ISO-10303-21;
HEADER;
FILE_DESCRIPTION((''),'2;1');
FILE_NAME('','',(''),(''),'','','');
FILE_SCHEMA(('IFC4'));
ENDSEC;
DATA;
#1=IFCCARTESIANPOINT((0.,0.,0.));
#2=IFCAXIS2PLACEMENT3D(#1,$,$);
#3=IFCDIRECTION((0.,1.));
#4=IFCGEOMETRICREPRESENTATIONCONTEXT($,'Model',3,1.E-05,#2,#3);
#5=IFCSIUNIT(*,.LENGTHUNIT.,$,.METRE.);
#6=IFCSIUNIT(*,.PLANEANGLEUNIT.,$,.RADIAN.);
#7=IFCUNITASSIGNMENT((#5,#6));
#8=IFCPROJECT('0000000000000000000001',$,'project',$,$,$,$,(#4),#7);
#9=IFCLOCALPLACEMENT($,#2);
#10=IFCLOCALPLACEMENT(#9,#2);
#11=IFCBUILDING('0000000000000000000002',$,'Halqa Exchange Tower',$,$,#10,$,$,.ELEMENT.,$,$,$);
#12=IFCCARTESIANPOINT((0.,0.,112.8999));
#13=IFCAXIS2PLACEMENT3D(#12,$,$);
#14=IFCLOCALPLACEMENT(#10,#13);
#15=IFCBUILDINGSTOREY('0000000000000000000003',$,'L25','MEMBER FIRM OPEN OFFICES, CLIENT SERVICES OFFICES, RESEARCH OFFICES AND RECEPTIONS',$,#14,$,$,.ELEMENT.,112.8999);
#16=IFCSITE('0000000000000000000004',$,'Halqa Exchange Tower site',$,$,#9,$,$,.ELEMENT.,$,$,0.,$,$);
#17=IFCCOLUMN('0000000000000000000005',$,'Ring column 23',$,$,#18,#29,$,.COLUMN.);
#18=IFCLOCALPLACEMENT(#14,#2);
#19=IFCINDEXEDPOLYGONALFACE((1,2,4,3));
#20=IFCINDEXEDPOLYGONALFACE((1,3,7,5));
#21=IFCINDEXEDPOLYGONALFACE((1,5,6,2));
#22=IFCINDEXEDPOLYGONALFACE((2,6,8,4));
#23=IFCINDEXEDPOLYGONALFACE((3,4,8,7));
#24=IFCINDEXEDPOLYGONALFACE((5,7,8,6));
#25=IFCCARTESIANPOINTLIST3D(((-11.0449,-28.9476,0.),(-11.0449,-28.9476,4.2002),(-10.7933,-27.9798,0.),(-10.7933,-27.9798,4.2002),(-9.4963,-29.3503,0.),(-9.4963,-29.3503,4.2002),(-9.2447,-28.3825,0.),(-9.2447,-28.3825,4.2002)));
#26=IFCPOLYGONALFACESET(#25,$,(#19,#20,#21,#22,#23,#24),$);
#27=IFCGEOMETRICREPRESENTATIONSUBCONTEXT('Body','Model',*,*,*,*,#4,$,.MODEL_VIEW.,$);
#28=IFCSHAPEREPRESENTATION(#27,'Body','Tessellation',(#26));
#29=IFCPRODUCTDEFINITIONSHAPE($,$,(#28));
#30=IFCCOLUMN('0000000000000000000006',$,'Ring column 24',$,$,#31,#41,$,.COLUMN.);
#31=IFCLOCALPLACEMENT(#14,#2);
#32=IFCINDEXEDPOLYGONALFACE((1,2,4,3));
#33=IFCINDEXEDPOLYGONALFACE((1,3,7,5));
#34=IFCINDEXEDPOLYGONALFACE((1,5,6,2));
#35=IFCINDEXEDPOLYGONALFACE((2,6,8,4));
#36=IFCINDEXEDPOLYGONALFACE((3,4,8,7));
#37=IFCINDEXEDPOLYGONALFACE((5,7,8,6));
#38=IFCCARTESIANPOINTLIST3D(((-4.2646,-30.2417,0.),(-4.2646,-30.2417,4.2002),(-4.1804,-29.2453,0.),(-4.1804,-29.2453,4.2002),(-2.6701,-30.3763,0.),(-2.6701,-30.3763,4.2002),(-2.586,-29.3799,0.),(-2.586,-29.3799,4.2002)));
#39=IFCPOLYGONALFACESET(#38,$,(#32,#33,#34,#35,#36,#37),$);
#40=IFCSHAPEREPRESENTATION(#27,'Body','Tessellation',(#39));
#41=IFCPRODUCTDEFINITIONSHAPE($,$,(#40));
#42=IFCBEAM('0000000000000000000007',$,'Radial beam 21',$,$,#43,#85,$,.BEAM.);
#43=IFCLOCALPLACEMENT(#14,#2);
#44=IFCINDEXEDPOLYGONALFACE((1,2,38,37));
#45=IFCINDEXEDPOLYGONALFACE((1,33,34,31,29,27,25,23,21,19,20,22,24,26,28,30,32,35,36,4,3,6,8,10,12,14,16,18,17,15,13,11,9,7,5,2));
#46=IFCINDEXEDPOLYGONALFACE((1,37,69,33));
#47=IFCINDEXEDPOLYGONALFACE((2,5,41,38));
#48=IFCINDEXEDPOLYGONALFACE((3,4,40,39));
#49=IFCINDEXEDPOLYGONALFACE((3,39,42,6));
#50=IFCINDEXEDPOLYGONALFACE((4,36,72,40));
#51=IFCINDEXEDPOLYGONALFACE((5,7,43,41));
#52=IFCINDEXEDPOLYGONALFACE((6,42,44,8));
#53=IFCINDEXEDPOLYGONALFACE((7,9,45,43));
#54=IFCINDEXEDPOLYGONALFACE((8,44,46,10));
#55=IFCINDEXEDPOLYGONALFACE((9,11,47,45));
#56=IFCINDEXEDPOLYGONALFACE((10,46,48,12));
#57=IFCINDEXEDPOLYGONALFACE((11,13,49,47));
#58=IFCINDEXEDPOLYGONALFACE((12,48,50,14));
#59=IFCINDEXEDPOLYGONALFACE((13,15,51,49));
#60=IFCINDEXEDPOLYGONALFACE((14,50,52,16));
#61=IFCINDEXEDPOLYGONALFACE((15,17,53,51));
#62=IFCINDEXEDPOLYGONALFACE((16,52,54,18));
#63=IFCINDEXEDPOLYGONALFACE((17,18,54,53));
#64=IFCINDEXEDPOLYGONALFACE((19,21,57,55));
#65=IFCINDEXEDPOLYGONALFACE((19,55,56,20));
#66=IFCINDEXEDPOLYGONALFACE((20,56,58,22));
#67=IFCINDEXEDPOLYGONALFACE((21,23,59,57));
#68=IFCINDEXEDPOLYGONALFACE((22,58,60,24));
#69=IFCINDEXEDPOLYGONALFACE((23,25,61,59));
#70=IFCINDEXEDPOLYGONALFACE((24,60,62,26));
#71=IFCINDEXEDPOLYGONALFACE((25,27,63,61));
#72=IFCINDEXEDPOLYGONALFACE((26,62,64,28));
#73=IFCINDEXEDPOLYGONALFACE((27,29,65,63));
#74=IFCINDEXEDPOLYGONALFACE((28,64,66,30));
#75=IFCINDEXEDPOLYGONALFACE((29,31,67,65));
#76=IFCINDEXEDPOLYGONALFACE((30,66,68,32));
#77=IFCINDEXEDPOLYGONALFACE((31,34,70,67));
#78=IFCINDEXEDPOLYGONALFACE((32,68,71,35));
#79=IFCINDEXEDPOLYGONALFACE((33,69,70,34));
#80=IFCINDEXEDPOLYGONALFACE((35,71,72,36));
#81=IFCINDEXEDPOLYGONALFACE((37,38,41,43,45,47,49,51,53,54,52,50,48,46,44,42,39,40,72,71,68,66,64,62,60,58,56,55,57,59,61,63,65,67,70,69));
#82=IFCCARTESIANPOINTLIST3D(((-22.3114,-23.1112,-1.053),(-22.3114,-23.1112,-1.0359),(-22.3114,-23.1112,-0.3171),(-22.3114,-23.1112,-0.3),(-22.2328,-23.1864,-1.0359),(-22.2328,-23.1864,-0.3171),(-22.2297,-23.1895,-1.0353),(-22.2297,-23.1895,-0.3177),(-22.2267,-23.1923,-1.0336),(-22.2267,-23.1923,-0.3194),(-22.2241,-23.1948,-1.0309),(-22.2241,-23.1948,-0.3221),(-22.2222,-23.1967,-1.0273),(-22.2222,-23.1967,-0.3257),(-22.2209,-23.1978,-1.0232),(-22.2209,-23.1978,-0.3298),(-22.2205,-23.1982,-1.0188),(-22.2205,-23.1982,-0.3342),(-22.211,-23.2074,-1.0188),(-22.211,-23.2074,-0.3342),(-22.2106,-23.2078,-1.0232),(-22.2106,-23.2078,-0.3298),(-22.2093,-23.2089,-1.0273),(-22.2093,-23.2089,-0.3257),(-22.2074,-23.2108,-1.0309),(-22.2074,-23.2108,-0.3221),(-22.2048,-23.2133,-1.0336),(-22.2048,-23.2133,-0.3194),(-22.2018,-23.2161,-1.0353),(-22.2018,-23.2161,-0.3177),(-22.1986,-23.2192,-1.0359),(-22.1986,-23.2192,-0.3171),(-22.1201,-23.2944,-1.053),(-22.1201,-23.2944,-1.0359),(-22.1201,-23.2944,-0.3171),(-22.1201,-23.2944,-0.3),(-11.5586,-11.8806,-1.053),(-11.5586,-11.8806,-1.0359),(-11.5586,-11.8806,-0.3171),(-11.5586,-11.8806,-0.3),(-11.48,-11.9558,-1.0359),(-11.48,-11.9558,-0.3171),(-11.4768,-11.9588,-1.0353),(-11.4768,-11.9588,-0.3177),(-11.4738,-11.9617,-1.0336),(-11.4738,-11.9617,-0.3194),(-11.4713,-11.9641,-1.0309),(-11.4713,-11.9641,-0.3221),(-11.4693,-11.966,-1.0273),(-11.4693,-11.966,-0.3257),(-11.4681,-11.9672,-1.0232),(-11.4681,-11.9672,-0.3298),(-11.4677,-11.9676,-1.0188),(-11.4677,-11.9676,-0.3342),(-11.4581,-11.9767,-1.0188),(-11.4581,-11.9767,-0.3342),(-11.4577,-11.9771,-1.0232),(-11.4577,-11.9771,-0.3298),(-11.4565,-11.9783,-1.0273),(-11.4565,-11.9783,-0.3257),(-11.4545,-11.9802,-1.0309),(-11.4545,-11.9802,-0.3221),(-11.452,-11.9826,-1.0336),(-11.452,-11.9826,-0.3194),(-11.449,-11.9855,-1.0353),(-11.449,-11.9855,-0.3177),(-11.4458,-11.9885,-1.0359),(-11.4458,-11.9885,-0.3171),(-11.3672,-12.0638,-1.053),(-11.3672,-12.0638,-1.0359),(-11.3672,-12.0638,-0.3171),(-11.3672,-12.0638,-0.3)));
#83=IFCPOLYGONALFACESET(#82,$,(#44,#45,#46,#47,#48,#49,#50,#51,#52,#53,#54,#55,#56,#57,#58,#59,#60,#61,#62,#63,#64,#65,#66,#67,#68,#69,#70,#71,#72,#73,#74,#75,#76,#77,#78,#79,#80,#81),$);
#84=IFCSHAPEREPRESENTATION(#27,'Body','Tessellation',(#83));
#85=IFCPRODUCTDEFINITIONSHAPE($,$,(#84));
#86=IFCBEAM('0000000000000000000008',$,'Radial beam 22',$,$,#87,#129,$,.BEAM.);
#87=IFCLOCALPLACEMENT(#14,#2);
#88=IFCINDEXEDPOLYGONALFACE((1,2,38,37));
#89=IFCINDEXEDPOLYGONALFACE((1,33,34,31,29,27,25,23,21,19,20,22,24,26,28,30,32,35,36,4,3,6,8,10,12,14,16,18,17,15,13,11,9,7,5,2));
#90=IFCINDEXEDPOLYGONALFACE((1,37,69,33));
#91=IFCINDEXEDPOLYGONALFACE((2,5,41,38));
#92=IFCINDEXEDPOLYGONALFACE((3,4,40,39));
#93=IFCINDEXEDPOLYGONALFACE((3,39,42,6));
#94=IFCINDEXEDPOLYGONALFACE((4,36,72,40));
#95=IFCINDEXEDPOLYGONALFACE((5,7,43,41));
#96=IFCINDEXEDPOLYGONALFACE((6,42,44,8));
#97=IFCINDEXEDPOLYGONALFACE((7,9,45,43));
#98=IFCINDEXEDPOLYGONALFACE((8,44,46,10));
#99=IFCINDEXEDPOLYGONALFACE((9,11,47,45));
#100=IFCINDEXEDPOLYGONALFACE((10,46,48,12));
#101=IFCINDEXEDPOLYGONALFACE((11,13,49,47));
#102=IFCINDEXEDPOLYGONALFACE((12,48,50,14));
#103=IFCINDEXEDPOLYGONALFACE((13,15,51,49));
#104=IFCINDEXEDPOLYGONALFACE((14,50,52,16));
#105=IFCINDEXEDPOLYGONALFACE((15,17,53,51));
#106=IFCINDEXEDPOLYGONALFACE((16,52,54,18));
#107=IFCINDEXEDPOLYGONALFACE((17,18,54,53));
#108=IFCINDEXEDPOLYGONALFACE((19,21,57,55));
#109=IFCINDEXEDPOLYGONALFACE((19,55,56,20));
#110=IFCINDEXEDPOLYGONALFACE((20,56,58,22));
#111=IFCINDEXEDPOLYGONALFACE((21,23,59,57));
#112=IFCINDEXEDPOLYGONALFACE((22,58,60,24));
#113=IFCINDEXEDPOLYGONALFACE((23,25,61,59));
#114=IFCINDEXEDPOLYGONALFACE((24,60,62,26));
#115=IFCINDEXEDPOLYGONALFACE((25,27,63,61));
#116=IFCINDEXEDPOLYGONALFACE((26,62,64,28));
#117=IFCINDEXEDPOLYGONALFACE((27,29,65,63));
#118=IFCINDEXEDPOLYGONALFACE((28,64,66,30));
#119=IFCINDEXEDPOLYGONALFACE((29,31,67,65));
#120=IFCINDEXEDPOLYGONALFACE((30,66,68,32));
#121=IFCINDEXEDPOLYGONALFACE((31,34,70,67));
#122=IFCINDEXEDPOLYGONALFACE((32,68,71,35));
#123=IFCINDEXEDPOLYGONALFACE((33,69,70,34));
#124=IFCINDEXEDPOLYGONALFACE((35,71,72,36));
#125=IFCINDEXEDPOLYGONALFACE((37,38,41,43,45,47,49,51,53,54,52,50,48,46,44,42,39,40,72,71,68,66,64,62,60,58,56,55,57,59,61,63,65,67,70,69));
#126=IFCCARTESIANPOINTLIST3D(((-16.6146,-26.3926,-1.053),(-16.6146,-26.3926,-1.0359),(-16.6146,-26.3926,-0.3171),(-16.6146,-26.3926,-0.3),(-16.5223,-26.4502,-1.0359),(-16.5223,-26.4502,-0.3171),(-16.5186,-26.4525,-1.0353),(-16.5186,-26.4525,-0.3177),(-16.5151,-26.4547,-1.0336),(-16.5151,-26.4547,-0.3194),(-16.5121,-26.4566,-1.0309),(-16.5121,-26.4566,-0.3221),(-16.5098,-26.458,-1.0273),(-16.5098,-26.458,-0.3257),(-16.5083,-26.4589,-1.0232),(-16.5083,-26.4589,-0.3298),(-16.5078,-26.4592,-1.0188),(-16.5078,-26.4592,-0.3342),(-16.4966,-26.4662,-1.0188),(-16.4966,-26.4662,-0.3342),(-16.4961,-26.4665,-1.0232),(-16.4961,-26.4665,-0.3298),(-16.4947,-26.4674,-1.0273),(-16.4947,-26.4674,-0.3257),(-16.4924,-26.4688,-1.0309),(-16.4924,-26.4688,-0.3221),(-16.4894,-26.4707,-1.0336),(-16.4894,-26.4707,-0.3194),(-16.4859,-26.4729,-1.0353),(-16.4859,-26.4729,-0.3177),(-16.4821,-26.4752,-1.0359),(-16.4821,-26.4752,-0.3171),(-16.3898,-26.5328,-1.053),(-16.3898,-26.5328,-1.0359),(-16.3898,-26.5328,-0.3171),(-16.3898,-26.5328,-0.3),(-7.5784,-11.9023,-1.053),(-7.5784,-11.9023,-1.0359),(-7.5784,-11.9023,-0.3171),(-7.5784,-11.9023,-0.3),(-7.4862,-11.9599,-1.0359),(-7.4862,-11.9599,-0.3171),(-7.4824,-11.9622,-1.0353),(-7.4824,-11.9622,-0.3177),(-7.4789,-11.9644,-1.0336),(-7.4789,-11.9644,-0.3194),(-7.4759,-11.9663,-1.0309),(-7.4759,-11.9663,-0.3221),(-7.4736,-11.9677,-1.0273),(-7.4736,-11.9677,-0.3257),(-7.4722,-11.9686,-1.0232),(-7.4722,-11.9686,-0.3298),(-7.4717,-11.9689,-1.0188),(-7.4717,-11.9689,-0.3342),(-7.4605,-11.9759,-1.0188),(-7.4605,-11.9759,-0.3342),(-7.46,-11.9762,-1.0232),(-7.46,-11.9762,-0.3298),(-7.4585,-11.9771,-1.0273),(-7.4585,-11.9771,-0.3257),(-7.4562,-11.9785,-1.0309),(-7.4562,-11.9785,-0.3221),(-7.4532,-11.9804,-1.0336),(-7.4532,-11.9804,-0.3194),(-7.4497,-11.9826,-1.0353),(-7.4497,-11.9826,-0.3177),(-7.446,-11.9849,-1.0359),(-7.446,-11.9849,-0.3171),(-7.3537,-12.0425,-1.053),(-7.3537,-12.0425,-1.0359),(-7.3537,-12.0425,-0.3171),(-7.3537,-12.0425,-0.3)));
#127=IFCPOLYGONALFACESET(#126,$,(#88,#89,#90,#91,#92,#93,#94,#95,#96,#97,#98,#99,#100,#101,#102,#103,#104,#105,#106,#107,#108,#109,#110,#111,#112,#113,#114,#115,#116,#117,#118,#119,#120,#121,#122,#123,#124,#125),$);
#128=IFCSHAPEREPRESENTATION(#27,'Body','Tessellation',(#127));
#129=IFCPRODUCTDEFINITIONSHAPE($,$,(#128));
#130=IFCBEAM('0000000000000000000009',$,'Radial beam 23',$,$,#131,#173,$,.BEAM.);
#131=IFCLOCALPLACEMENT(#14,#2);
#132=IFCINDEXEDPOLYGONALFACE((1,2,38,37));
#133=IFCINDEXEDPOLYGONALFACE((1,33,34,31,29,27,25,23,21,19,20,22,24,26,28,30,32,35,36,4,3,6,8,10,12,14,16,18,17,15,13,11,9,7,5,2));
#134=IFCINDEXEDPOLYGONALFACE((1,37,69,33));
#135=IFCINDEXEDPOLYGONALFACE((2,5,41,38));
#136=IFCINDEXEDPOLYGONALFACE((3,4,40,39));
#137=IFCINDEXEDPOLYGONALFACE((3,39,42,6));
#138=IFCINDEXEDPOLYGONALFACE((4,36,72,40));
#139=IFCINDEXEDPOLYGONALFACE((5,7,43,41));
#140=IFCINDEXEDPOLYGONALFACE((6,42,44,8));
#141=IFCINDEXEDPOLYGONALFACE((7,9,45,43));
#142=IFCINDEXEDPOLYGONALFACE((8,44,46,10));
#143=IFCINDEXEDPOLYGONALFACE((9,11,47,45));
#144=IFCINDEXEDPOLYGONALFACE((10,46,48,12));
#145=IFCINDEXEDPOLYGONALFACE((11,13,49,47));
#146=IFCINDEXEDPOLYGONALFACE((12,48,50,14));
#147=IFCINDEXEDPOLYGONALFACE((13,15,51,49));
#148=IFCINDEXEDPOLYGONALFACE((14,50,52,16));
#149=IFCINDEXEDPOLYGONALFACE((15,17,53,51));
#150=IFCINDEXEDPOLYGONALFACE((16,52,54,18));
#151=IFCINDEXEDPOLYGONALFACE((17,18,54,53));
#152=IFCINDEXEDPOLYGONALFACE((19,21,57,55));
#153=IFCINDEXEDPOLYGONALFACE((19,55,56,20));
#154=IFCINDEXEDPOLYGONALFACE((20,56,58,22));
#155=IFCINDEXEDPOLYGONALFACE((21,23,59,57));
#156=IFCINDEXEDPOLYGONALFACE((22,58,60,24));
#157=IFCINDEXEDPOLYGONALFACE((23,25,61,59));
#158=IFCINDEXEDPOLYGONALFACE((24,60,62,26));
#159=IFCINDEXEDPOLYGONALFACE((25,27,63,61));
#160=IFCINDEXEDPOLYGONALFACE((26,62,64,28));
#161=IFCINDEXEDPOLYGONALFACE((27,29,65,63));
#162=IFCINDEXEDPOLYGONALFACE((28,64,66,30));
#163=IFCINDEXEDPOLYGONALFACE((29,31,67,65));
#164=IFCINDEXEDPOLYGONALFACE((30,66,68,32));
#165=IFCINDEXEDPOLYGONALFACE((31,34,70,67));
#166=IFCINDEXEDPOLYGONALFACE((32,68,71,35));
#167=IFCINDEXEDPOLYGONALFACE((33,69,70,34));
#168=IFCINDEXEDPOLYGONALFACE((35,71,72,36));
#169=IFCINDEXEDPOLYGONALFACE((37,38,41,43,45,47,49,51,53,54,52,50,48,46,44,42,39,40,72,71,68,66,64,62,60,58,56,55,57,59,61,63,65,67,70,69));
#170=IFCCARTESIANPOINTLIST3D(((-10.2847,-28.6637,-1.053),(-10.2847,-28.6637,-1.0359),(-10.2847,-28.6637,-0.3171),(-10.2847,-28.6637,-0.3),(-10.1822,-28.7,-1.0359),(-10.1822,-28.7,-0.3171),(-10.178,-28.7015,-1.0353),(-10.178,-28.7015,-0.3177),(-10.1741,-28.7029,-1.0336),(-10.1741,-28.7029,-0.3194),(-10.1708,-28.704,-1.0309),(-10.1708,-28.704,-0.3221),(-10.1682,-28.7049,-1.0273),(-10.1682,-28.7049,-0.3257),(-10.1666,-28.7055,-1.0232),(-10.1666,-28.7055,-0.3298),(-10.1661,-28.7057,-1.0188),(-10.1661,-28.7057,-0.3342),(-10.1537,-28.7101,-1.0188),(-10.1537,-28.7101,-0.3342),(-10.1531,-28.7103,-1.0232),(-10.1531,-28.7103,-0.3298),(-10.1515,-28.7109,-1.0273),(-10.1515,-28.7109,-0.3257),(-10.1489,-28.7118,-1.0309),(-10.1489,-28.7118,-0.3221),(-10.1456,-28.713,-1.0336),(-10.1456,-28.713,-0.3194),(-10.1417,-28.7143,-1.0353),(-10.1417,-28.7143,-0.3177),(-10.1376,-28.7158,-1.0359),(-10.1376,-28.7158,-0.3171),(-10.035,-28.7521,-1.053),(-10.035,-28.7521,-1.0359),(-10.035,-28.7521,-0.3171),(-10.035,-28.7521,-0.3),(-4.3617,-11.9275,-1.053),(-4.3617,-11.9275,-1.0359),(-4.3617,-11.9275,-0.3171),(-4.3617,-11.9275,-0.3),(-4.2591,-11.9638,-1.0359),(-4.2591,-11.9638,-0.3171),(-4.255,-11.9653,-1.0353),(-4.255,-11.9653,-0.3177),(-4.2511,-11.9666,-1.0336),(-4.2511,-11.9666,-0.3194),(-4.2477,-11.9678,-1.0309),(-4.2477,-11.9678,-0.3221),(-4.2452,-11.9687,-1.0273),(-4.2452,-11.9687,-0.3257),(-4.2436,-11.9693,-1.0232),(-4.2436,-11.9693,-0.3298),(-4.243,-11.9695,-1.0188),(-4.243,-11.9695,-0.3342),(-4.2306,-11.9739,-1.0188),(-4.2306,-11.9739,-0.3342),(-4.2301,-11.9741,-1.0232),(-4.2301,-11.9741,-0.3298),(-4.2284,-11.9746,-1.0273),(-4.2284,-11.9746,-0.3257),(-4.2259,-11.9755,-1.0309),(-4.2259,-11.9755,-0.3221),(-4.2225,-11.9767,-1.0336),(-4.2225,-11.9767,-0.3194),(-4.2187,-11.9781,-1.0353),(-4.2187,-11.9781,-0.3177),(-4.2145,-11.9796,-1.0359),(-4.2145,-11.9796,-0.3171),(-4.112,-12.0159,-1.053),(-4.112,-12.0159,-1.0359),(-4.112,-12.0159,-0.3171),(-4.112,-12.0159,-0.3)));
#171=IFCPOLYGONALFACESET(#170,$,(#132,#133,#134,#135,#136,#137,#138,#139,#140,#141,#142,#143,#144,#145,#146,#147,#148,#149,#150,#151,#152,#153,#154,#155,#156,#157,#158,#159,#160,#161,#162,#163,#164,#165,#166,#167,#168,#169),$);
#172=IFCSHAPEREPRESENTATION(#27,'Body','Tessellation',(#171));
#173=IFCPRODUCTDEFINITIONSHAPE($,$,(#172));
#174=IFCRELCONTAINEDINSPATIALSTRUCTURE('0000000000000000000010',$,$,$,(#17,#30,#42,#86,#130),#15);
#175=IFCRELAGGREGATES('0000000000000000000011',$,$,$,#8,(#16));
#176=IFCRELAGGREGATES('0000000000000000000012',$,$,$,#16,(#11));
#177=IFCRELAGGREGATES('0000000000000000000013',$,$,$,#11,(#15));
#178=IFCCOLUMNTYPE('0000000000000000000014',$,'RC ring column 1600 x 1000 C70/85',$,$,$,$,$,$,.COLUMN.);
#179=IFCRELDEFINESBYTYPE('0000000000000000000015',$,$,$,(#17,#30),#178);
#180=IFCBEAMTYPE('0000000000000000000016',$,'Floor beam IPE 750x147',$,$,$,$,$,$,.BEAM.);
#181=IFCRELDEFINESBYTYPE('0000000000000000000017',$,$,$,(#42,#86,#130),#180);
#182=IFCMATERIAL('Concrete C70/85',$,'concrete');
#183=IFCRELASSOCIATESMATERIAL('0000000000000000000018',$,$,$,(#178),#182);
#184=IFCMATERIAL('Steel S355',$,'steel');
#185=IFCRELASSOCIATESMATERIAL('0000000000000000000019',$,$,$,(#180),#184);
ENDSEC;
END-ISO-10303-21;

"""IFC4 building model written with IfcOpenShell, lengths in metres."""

from ifc_helpers import new_model, si_unit, direction, frame, origin, origin_2d, place, context, subcontext, project, spatial, rectangle, i_section, extrude, material, material_profile, profile_set, type_object, element, save


model = new_model("IFC4")

# Units and contexts
model_context = context("Model", 3, precision=1e-05, world=origin(), true_north=direction((0.0, 1.0)))
body_context = subcontext(model_context, "Body", "Model", "MODEL_VIEW")
ifc_project = project(units=[si_unit("LENGTHUNIT", "METRE"), si_unit("PLANEANGLEUNIT", "RADIAN")], contexts=[model_context])

# Site, building, storey
site_placement = place(None, origin())
site = spatial("IfcSite", under=ifc_project, at=site_placement, Name="Halqa Exchange Tower site", CompositionType="ELEMENT", RefElevation=0.0)
building_placement = place(site_placement, origin())
building = spatial("IfcBuilding", under=site, at=building_placement, Name="Halqa Exchange Tower", CompositionType="ELEMENT")
storey_placement = place(building_placement, frame((0.0, 0.0, 112.8999)))
storey = spatial("IfcBuildingStorey", under=building, at=storey_placement, Name="L25", Description="MEMBER FIRM OPEN OFFICES, CLIENT SERVICES OFFICES, RESEARCH OFFICES AND RECEPTIONS", CompositionType="ELEMENT", Elevation=112.8999)

# Columns
ifc_material_1 = material(Name="Concrete C70/85", Category="concrete")
ifc_material_profile_1 = material_profile(ifc_material_1, rectangle(XDim=1.6001, YDim=1.0, at=origin_2d()), Name="1600 x 1000")
ifc_profile_set_1 = profile_set([ifc_material_profile_1], Name="Concrete C70/85")
column_type = type_object("IfcColumnType", Name="RC ring column 1600 x 1000 C70/85", PredefinedType="COLUMN", material=ifc_profile_set_1)
for number, where, z_axis, x_axis, name in (
    (1, (-10.1448, -28.665, 0.0), (0.0, 0.0, 1.0), (0.96782, -0.251644, 0.0), "Ring column 23"),
    (2, (-3.4253, -29.8108, 0.0), (0.0, 0.0, 1.0), (0.996456, -0.084121, 0.0), "Ring column 24"),
):
    element("IfcColumn", number, at=place(storey_placement, frame(where, z_axis=z_axis, x_axis=x_axis)), inside=storey, type_object=column_type, Name=name, PredefinedType="COLUMN", context=body_context, shape_type="SweptSolid", body=[
        extrude(rectangle(XDim=1.6001, YDim=1.0, at=origin_2d()), origin(), (0.0, 0.0, 1.0), 4.2002),
    ])

# Beams
ifc_material_2 = material(Name="Steel S355", Category="steel")
ifc_material_profile_2 = material_profile(ifc_material_2, i_section(OverallWidth=0.2649, OverallDepth=0.7529, WebThickness=0.0132, FlangeThickness=0.0171, FilletRadius=0.0171, at=origin_2d()), Name="IPE 750x147")
ifc_profile_set_2 = profile_set([ifc_material_profile_2], Name="Steel S355")
beam_type_1 = type_object("IfcBeamType", Name="Floor beam IPE 750x147", PredefinedType="BEAM", material=ifc_profile_set_2)
beam_1_placement = place(storey_placement, frame((-11.4629, -11.9722, -0.6765), z_axis=(-0.691576, -0.722304, 0.0), x_axis=(0.722304, -0.691576, 0.0)))
element("IfcBeam", 3, at=beam_1_placement, inside=storey, type_object=beam_type_1, Name="Radial beam 21", PredefinedType="BEAM", context=body_context, shape_type="SweptSolid", body=[
    extrude(i_section(OverallWidth=0.2649, OverallDepth=0.7529, WebThickness=0.0132, FlangeThickness=0.0171, FilletRadius=0.0171, at=origin_2d()), origin(), (0.0, 0.0, 1.0), 15.5483),
])
beam_2_placement = place(storey_placement, frame((-7.4661, -11.9724, -0.6765), z_axis=(-0.529145, -0.848531, 0.0), x_axis=(0.848531, -0.529145, 0.0)))
element("IfcBeam", 4, at=beam_2_placement, inside=storey, type_object=beam_type_1, Name="Radial beam 22", PredefinedType="BEAM", context=body_context, shape_type="SweptSolid", body=[
    extrude(i_section(OverallWidth=0.2649, OverallDepth=0.7529, WebThickness=0.0132, FlangeThickness=0.0171, FilletRadius=0.0171, at=origin_2d()), origin(), (0.0, 0.0, 1.0), 17.0769),
])
beam_3_placement = place(storey_placement, frame((-4.2368, -11.9717, -0.6765), z_axis=(-0.333629, -0.942704, 0.0), x_axis=(0.942704, -0.333629, 0.0)))
element("IfcBeam", 5, at=beam_3_placement, inside=storey, type_object=beam_type_1, Name="Radial beam 23", PredefinedType="BEAM", context=body_context, shape_type="SweptSolid", body=[
    extrude(i_section(OverallWidth=0.2649, OverallDepth=0.7529, WebThickness=0.0132, FlangeThickness=0.0171, FilletRadius=0.0171, at=origin_2d()), origin(), (0.0, 0.0, 1.0), 17.7534),
])

save(model, "model.ifc")
